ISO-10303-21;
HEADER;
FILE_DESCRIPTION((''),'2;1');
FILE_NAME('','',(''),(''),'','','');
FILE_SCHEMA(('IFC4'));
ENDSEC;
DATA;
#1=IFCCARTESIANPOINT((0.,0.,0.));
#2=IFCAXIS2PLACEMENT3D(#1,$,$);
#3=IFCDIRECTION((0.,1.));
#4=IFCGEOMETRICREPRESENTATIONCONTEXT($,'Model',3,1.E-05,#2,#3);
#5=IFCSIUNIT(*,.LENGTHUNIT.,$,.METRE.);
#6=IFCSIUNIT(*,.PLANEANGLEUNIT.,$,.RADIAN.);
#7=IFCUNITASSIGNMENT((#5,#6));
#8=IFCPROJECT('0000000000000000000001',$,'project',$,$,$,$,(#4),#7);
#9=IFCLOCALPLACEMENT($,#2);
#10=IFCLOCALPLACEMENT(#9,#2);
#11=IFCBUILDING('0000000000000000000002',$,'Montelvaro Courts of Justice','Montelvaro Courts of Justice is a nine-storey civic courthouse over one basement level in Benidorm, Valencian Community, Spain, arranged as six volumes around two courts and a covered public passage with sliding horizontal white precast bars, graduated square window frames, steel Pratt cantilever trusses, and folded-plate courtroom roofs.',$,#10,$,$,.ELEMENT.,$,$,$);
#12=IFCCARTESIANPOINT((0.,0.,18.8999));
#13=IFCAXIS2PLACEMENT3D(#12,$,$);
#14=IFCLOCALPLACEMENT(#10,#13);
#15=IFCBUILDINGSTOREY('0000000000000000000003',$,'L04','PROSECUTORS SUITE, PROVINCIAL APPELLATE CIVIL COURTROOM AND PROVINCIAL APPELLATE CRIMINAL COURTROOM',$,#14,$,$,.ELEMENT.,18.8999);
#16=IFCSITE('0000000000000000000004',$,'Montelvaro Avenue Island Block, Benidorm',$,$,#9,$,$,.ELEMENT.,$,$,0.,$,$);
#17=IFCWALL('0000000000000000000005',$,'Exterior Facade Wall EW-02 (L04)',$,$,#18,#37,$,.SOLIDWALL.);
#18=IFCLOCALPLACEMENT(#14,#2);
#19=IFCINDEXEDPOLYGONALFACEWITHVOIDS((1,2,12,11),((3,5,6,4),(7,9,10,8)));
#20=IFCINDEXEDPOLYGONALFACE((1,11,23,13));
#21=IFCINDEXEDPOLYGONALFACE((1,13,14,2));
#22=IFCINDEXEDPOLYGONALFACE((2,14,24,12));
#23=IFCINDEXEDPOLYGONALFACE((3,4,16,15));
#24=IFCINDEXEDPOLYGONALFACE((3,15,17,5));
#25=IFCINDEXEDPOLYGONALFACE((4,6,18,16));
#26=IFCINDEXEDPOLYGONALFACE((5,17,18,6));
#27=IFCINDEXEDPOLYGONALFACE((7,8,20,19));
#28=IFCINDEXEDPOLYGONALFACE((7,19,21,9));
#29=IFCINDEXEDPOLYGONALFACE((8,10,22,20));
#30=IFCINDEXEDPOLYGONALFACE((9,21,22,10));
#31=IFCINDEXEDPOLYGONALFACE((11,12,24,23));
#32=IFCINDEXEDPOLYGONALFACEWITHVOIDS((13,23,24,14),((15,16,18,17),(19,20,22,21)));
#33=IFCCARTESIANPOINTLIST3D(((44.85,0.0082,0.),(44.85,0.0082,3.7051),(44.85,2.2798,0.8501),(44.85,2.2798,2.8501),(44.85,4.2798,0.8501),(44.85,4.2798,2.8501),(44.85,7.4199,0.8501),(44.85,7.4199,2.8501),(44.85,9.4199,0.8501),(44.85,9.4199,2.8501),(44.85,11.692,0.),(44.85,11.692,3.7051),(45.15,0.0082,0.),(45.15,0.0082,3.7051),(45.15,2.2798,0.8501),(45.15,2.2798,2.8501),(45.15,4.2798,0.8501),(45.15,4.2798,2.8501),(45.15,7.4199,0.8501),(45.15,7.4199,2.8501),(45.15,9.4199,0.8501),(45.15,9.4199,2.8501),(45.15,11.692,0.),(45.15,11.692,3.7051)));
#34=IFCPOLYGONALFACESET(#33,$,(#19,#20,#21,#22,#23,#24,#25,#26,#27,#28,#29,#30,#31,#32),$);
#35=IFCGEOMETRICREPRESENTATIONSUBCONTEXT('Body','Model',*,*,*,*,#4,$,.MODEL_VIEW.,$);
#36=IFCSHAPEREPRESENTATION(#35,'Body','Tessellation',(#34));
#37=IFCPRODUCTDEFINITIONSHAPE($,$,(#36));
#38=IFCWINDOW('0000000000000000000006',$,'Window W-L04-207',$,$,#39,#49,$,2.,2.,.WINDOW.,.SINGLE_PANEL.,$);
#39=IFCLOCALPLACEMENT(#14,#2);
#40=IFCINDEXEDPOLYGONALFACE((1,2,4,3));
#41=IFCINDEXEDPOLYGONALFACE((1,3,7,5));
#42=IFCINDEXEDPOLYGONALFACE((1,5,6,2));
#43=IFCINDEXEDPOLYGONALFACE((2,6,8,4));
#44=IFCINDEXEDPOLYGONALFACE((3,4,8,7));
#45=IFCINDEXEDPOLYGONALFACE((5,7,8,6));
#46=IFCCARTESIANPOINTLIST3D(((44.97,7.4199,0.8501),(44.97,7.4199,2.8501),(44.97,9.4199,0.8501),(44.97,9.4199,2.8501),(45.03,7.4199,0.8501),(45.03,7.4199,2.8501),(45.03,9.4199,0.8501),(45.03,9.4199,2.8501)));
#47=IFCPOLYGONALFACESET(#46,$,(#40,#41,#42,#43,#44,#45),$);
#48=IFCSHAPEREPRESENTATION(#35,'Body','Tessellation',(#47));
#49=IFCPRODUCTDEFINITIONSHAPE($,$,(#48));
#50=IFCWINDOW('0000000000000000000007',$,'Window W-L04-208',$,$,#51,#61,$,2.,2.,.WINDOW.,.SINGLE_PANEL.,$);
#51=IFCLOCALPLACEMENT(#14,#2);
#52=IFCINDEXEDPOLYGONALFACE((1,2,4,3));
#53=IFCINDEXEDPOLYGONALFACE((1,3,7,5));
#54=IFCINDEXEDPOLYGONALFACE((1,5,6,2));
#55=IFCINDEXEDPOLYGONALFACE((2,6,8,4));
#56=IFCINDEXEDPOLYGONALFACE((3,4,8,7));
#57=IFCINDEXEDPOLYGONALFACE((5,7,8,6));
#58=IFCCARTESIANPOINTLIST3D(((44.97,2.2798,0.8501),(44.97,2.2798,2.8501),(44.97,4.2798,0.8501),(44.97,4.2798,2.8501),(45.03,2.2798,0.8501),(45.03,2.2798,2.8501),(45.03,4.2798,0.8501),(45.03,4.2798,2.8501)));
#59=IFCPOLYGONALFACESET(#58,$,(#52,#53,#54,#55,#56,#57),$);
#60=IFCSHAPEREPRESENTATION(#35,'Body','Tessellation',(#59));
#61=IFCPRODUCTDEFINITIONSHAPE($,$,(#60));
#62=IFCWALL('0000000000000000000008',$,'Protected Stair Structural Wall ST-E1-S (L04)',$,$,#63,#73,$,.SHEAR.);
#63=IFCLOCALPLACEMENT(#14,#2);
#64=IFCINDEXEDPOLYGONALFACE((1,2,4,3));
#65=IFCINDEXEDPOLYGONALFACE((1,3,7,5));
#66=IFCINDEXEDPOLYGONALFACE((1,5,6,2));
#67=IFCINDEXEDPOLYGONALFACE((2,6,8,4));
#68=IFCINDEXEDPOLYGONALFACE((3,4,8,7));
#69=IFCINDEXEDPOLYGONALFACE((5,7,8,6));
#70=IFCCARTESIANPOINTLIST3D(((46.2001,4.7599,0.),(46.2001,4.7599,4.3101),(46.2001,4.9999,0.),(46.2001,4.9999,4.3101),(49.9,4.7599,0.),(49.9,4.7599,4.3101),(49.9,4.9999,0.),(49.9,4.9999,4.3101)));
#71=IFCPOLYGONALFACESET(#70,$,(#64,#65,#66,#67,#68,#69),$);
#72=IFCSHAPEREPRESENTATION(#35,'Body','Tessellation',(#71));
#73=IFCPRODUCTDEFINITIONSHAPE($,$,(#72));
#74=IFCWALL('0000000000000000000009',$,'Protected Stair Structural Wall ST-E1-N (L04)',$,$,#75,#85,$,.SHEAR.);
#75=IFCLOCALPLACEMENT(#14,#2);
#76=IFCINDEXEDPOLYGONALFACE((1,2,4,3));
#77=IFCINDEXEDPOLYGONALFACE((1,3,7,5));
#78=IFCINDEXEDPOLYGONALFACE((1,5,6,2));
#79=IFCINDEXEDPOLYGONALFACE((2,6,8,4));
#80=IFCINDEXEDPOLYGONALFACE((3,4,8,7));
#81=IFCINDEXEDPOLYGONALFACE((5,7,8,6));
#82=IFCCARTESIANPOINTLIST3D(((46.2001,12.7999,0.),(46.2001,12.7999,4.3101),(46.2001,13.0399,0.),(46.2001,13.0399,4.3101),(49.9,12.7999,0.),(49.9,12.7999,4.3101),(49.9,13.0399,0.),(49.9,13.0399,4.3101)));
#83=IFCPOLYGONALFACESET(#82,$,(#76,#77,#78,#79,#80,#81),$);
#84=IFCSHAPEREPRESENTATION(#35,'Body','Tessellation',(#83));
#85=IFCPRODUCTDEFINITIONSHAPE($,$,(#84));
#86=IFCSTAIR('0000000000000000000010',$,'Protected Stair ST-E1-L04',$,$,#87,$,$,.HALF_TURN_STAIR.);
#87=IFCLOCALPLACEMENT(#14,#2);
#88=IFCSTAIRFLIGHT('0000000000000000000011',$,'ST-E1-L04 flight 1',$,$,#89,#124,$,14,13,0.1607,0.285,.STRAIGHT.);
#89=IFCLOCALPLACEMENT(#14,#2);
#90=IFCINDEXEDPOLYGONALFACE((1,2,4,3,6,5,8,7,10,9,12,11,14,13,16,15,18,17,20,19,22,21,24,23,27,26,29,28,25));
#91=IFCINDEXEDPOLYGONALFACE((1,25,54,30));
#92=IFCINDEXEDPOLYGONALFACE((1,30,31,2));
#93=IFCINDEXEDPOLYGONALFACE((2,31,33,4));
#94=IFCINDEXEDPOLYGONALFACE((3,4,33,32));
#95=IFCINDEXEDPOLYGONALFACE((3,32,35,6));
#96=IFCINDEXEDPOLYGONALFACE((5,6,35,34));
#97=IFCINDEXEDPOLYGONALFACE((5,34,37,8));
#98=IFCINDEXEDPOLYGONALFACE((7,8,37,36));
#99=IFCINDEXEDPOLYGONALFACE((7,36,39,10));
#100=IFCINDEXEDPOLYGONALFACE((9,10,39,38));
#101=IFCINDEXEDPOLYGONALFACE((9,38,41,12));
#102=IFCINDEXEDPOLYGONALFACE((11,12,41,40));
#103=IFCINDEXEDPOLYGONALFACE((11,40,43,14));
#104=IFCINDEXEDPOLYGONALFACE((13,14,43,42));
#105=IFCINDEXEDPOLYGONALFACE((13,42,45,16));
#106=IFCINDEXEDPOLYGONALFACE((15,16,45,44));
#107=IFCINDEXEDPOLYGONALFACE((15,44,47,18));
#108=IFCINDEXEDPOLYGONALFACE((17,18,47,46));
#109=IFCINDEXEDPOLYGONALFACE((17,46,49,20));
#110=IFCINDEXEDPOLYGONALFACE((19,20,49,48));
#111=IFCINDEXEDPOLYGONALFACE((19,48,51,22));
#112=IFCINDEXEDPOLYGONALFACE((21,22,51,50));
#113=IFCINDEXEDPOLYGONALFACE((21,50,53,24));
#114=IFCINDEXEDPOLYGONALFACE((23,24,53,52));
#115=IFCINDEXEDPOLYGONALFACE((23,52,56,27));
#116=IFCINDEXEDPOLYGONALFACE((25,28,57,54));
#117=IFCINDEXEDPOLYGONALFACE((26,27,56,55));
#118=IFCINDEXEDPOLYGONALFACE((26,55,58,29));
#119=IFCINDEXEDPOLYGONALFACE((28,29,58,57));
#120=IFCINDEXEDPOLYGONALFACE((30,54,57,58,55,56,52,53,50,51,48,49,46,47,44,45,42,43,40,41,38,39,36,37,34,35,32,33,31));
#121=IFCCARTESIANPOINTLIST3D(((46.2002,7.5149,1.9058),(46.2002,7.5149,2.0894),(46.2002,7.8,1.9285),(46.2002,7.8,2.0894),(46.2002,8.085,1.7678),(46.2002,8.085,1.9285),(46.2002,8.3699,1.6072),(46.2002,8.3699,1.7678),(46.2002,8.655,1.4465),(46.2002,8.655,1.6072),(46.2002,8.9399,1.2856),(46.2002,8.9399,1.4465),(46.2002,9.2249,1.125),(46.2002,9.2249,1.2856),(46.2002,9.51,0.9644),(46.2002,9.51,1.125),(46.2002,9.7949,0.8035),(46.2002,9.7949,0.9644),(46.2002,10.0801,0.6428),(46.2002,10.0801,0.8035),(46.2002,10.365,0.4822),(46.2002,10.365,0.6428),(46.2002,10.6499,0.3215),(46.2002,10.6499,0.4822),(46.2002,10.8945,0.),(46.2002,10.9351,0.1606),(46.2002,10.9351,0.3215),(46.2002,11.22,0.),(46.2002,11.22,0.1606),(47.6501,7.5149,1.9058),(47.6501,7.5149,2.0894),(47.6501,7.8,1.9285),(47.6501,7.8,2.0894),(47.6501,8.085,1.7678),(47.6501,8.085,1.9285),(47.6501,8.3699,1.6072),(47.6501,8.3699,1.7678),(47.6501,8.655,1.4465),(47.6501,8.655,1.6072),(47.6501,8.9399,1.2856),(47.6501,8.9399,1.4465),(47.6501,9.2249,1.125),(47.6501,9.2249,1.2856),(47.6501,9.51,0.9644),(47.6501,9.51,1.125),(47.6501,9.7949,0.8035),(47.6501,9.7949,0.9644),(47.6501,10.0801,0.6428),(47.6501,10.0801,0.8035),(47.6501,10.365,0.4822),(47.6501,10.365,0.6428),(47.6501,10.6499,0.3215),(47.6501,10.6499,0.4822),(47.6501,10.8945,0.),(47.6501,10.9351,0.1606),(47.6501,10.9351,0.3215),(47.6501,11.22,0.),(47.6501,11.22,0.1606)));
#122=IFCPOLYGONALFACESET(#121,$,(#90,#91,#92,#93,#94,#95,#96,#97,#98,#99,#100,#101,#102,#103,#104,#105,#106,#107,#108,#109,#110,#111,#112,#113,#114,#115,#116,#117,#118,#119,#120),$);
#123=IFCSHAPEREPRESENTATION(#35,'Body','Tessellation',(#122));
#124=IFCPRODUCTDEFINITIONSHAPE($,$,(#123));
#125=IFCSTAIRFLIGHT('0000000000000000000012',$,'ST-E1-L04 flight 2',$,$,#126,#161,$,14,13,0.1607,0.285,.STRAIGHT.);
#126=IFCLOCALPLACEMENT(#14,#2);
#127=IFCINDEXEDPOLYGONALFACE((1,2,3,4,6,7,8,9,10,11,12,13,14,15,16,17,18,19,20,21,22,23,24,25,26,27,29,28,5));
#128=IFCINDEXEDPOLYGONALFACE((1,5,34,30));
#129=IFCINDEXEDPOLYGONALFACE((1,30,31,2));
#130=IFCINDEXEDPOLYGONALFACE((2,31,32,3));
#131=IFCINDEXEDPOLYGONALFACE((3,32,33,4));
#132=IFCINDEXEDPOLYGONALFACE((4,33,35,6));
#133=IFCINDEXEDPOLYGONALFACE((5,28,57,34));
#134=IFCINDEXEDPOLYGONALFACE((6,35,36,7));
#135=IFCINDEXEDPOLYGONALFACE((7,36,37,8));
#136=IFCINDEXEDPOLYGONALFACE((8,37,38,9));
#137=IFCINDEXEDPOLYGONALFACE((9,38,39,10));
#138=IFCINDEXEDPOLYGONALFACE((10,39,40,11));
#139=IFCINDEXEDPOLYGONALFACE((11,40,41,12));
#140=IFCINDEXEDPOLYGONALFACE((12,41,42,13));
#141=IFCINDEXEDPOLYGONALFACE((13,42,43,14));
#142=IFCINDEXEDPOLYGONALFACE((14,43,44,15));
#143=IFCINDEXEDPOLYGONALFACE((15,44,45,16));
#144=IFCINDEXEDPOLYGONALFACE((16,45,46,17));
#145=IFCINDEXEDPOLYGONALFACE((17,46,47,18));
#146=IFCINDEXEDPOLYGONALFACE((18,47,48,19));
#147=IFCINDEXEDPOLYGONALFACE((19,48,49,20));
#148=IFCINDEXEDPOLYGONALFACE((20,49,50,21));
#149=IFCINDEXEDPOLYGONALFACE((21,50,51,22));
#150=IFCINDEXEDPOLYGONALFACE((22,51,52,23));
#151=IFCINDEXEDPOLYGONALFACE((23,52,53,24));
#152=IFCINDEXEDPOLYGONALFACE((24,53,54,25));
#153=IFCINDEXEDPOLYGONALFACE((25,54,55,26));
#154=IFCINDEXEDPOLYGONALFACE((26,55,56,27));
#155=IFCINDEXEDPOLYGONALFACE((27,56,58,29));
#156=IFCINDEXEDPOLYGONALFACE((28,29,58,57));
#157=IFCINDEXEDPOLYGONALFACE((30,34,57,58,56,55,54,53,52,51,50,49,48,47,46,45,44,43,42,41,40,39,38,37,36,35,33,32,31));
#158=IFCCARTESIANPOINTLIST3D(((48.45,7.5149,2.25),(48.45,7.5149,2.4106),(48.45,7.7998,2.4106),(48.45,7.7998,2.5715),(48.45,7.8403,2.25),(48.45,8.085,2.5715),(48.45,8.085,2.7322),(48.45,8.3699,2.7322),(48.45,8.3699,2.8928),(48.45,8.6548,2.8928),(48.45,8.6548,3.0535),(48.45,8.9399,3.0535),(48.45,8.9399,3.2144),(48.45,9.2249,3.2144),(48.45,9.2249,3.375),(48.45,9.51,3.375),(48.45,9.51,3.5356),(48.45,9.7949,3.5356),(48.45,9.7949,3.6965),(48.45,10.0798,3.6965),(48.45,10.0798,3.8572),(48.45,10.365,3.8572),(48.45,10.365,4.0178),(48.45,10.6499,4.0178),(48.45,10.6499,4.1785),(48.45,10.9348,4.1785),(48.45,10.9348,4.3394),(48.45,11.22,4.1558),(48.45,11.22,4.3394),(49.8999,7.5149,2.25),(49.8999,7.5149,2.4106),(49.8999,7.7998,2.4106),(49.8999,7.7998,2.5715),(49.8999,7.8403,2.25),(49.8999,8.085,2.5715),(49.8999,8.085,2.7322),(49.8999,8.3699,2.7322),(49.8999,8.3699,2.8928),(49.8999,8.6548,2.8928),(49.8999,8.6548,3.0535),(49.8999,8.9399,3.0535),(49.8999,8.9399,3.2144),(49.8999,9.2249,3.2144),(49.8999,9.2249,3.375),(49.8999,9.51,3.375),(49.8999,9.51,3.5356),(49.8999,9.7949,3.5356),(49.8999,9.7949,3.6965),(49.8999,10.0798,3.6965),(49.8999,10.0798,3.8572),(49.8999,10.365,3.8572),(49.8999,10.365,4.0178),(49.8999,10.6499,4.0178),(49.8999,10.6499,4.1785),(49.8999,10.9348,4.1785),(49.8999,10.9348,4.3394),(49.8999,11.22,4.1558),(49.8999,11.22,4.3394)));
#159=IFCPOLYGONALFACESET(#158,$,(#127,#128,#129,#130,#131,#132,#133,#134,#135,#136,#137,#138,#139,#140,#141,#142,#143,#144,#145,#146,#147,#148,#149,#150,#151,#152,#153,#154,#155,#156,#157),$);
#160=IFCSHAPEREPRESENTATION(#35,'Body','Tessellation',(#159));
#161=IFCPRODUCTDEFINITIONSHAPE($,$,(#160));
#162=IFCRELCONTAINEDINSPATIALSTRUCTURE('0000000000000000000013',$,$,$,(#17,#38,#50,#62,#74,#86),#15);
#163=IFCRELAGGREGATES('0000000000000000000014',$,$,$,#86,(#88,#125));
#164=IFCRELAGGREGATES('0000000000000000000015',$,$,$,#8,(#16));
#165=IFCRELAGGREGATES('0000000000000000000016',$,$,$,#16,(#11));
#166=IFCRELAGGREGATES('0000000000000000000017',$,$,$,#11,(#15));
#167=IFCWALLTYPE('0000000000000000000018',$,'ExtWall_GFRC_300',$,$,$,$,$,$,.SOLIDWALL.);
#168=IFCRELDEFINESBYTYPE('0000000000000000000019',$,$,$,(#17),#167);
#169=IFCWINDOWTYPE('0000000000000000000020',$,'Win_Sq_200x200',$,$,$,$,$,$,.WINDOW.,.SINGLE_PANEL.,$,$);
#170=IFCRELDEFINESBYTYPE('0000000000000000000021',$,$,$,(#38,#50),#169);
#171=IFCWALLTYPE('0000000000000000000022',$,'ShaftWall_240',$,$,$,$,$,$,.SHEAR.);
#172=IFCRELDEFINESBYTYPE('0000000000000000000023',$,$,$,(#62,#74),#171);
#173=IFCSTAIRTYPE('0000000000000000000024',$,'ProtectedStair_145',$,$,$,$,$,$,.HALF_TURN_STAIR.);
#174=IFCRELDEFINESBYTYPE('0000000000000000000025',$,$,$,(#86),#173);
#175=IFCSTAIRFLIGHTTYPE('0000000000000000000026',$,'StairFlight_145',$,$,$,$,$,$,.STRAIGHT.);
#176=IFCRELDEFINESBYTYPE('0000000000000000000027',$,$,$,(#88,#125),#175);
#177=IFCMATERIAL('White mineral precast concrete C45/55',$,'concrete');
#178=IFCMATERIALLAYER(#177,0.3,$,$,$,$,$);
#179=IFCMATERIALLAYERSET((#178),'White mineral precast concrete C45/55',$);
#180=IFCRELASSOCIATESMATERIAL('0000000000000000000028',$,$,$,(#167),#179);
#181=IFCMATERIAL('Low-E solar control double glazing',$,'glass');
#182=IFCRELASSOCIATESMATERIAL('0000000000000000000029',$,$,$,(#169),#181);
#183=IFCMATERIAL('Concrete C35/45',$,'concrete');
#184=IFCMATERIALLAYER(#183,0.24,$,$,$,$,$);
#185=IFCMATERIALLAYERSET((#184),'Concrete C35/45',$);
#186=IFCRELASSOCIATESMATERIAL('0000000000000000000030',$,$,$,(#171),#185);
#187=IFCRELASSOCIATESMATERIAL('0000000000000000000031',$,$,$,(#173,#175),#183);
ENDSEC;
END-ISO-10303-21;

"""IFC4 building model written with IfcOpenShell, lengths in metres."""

from ifc_helpers import new_model, si_unit, direction, frame, frame_2d, origin, place, context, subcontext, project, spatial, polyline, rectangle, outline, extrude, material, layer, layer_set, type_object, element, fill, aggregate, save


model = new_model("IFC4")

# Units and contexts
model_context = context("Model", 3, precision=1e-05, world=origin(), true_north=direction((0.0, 1.0)))
body_context = subcontext(model_context, "Body", "Model", "MODEL_VIEW")
ifc_project = project(units=[si_unit("LENGTHUNIT", "METRE"), si_unit("PLANEANGLEUNIT", "RADIAN")], contexts=[model_context])

# Site, building, storey
site_placement = place(None, origin())
site = spatial("IfcSite", under=ifc_project, at=site_placement, Name="Montelvaro Avenue Island Block, Benidorm", CompositionType="ELEMENT", RefElevation=0.0)
building_placement = place(site_placement, origin())
building = spatial("IfcBuilding", under=site, at=building_placement, Name="Montelvaro Courts of Justice", Description="Montelvaro Courts of Justice is a nine-storey civic courthouse over one basement level in Benidorm, Valencian Community, Spain, arranged as six volumes around two courts and a covered public passage with sliding horizontal white precast bars, graduated square window frames, steel Pratt cantilever trusses, and folded-plate courtroom roofs.", CompositionType="ELEMENT")
storey_placement = place(building_placement, frame((0.0, 0.0, 18.8999)))
storey = spatial("IfcBuildingStorey", under=building, at=storey_placement, Name="L04", Description="PROSECUTORS SUITE, PROVINCIAL APPELLATE CIVIL COURTROOM AND PROVINCIAL APPELLATE CRIMINAL COURTROOM", CompositionType="ELEMENT", Elevation=18.8999)

# Wall, openings, windows
ifc_material_1 = material(Name="White mineral precast concrete C45/55", Category="concrete")
ifc_layer_1 = layer(ifc_material_1, 0.3)
ifc_layer_set_1 = layer_set([ifc_layer_1], Name="White mineral precast concrete C45/55")
wall_type_1 = type_object("IfcWallType", Name="ExtWall_GFRC_300", PredefinedType="SOLIDWALL", material=ifc_layer_set_1)
wall_1_placement = place(storey_placement, frame((45.0, 11.6919, 0.0), z_axis=(0.0, 0.0, 1.0), x_axis=(0.0, -1.0, 0.0)))
wall_1 = element("IfcWall", 1, at=wall_1_placement, inside=storey, type_object=wall_type_1, Name="Exterior Facade Wall EW-02 (L04)", PredefinedType="SOLIDWALL", context=body_context, shape_type="SweptSolid", body=[
    extrude(rectangle(XDim=11.6838, YDim=0.3, at=frame_2d((5.8418, 0.0))), origin(), (0.0, 0.0, 1.0), 3.7051),
])
opening_1_placement = place(wall_1_placement, frame((2.272, 0.0, 0.8501)))
opening_1 = element("IfcOpeningElement", 2, at=opening_1_placement, cuts=wall_1, PredefinedType="OPENING", context=body_context, shape_type="SweptSolid", body=[
    extrude(rectangle(XDim=2.0, YDim=2.0, at=frame_2d((1.0, 1.0))), frame((0.0, 0.165, 0.0), z_axis=(0.0, -1.0, 0.0), x_axis=(1.0, 0.0, 0.0)), (0.0, 0.0, 1.0), 0.3298),
])
opening_2_placement = place(wall_1_placement, frame((7.4121, 0.0, 0.8501)))
opening_2 = element("IfcOpeningElement", 3, at=opening_2_placement, cuts=wall_1, PredefinedType="OPENING", context=body_context, shape_type="SweptSolid", body=[
    extrude(rectangle(XDim=2.0, YDim=2.0, at=frame_2d((1.0, 1.0))), frame((0.0, 0.165, 0.0), z_axis=(0.0, -1.0, 0.0), x_axis=(1.0, 0.0, 0.0)), (0.0, 0.0, 1.0), 0.3298),
])
ifc_material_2 = material(Name="Low-E solar control double glazing", Category="glass")
window_type = type_object("IfcWindowType", Name="Win_Sq_200x200", PartitioningType="SINGLE_PANEL", PredefinedType="WINDOW", material=ifc_material_2)
window_1_placement = place(opening_1_placement, origin())
window_1 = element("IfcWindow", 4, at=window_1_placement, inside=storey, type_object=window_type, Name="Window W-L04-207", OverallHeight=2.0, OverallWidth=2.0, PartitioningType="SINGLE_PANEL", PredefinedType="WINDOW", context=body_context, shape_type="SweptSolid", body=[
    extrude(rectangle(XDim=2.0, YDim=2.0, at=frame_2d((1.0, 1.0))), frame((0.0, 0.03, 0.0), z_axis=(0.0, -1.0, 0.0), x_axis=(1.0, 0.0, 0.0)), (0.0, 0.0, 1.0), 0.0601),
])
fill(opening_1, window_1)
window_2_placement = place(opening_2_placement, origin())
window_2 = element("IfcWindow", 5, at=window_2_placement, inside=storey, type_object=window_type, Name="Window W-L04-208", OverallHeight=2.0, OverallWidth=2.0, PartitioningType="SINGLE_PANEL", PredefinedType="WINDOW", context=body_context, shape_type="SweptSolid", body=[
    extrude(rectangle(XDim=2.0, YDim=2.0, at=frame_2d((1.0, 1.0))), frame((0.0, 0.03, 0.0), z_axis=(0.0, -1.0, 0.0), x_axis=(1.0, 0.0, 0.0)), (0.0, 0.0, 1.0), 0.0601),
])
fill(opening_2, window_2)

# Walls
ifc_material_3 = material(Name="Concrete C35/45", Category="concrete")
ifc_layer_2 = layer(ifc_material_3, 0.24)
ifc_layer_set_2 = layer_set([ifc_layer_2], Name="Concrete C35/45")
wall_type_2 = type_object("IfcWallType", Name="ShaftWall_240", PredefinedType="SHEAR", material=ifc_layer_set_2)
for number, where, z_axis, x_axis, name in (
    (6, (46.2, 4.8799, 0.0), (0.0, 0.0, 1.0), (1.0, 0.0, 0.0), "Protected Stair Structural Wall ST-E1-S (L04)"),
    (7, (46.2, 12.9199, 0.0), (0.0, 0.0, 1.0), (1.0, 0.0, 0.0), "Protected Stair Structural Wall ST-E1-N (L04)"),
):
    element("IfcWall", number, at=place(storey_placement, frame(where, z_axis=z_axis, x_axis=x_axis)), inside=storey, type_object=wall_type_2, Name=name, PredefinedType="SHEAR", context=body_context, shape_type="SweptSolid", body=[
        extrude(rectangle(XDim=3.7, YDim=0.24, at=frame_2d((1.8501, 0.0))), origin(), (0.0, 0.0, 1.0), 4.3101),
    ])

# Stair, stair flights
stair_type = type_object("IfcStairType", Name="ProtectedStair_145", PredefinedType="HALF_TURN_STAIR", material=ifc_material_3)
stair_placement = place(storey_placement, origin())
stair = element("IfcStair", 8, at=stair_placement, inside=storey, type_object=stair_type, Name="Protected Stair ST-E1-L04", PredefinedType="HALF_TURN_STAIR")
stair_flight_type = type_object("IfcStairFlightType", Name="StairFlight_145", PredefinedType="STRAIGHT", material=ifc_material_3)
stair_flight_1_placement = place(storey_placement, frame((46.925, 11.22, 0.0), z_axis=(0.0, 0.0, 1.0), x_axis=(0.0, -1.0, 0.0)))
stair_flight_1 = element("IfcStairFlight", 9, at=stair_flight_1_placement, type_object=stair_flight_type, Name="ST-E1-L04 flight 1", NumberOfRisers=14, NumberOfTreads=13, PredefinedType="STRAIGHT", RiserHeight=0.1607, TreadLength=0.285, context=body_context, shape_type="SweptSolid", body=[
    extrude(outline(polyline([(0.0, 0.0), (0.0, 0.1606), (0.2849, 0.1606), (0.2849, 0.3215), (0.5701, 0.3215), (0.5701, 0.4822), (0.855, 0.4822), (0.855, 0.6428), (1.1399, 0.6428), (1.1399, 0.8035), (1.425, 0.8035), (1.425, 0.9644), (1.71, 0.9644), (1.71, 1.125), (1.9951, 1.125), (1.9951, 1.2856), (2.28, 1.2856), (2.28, 1.4465), (2.5649, 1.4465), (2.5649, 1.6072), (2.8501, 1.6072), (2.8501, 1.7678), (3.135, 1.7678), (3.135, 1.9285), (3.4199, 1.9285), (3.4199, 2.0894), (3.7051, 2.0894), (3.7051, 2.25), (3.7051, 1.9058), (0.3254, 0.0), (0.0, 0.0)])), frame((0.0, 0.7251, 0.0), z_axis=(0.0, -1.0, 0.0), x_axis=(1.0, 0.0, 0.0)), (0.0, 0.0, 1.0), 1.45),
])
stair_flight_2_placement = place(storey_placement, frame((49.175, 7.5149, 2.25), z_axis=(0.0, 0.0, 1.0), x_axis=(0.0, 1.0, 0.0)))
stair_flight_2 = element("IfcStairFlight", 10, at=stair_flight_2_placement, type_object=stair_flight_type, Name="ST-E1-L04 flight 2", NumberOfRisers=14, NumberOfTreads=13, PredefinedType="STRAIGHT", RiserHeight=0.1607, TreadLength=0.285, context=body_context, shape_type="SweptSolid", body=[
    extrude(outline(polyline([(0.0, 0.0), (0.0, 0.1606), (0.2849, 0.1606), (0.2849, 0.3215), (0.5701, 0.3215), (0.5701, 0.4822), (0.855, 0.4822), (0.855, 0.6428), (1.1399, 0.6428), (1.1399, 0.8035), (1.425, 0.8035), (1.425, 0.9644), (1.71, 0.9644), (1.71, 1.125), (1.9951, 1.125), (1.9951, 1.2856), (2.28, 1.2856), (2.28, 1.4465), (2.5649, 1.4465), (2.5649, 1.6072), (2.8501, 1.6072), (2.8501, 1.7678), (3.135, 1.7678), (3.135, 1.9285), (3.4199, 1.9285), (3.4199, 2.0894), (3.7051, 2.0894), (3.7051, 2.25), (3.7051, 1.9058), (0.3254, 0.0), (0.0, 0.0)])), frame((0.0, 0.7251, 0.0), z_axis=(0.0, -1.0, 0.0), x_axis=(1.0, 0.0, 0.0)), (0.0, 0.0, 1.0), 1.45),
])
aggregate(stair, [stair_flight_1, stair_flight_2])

save(model, "model.ifc")
